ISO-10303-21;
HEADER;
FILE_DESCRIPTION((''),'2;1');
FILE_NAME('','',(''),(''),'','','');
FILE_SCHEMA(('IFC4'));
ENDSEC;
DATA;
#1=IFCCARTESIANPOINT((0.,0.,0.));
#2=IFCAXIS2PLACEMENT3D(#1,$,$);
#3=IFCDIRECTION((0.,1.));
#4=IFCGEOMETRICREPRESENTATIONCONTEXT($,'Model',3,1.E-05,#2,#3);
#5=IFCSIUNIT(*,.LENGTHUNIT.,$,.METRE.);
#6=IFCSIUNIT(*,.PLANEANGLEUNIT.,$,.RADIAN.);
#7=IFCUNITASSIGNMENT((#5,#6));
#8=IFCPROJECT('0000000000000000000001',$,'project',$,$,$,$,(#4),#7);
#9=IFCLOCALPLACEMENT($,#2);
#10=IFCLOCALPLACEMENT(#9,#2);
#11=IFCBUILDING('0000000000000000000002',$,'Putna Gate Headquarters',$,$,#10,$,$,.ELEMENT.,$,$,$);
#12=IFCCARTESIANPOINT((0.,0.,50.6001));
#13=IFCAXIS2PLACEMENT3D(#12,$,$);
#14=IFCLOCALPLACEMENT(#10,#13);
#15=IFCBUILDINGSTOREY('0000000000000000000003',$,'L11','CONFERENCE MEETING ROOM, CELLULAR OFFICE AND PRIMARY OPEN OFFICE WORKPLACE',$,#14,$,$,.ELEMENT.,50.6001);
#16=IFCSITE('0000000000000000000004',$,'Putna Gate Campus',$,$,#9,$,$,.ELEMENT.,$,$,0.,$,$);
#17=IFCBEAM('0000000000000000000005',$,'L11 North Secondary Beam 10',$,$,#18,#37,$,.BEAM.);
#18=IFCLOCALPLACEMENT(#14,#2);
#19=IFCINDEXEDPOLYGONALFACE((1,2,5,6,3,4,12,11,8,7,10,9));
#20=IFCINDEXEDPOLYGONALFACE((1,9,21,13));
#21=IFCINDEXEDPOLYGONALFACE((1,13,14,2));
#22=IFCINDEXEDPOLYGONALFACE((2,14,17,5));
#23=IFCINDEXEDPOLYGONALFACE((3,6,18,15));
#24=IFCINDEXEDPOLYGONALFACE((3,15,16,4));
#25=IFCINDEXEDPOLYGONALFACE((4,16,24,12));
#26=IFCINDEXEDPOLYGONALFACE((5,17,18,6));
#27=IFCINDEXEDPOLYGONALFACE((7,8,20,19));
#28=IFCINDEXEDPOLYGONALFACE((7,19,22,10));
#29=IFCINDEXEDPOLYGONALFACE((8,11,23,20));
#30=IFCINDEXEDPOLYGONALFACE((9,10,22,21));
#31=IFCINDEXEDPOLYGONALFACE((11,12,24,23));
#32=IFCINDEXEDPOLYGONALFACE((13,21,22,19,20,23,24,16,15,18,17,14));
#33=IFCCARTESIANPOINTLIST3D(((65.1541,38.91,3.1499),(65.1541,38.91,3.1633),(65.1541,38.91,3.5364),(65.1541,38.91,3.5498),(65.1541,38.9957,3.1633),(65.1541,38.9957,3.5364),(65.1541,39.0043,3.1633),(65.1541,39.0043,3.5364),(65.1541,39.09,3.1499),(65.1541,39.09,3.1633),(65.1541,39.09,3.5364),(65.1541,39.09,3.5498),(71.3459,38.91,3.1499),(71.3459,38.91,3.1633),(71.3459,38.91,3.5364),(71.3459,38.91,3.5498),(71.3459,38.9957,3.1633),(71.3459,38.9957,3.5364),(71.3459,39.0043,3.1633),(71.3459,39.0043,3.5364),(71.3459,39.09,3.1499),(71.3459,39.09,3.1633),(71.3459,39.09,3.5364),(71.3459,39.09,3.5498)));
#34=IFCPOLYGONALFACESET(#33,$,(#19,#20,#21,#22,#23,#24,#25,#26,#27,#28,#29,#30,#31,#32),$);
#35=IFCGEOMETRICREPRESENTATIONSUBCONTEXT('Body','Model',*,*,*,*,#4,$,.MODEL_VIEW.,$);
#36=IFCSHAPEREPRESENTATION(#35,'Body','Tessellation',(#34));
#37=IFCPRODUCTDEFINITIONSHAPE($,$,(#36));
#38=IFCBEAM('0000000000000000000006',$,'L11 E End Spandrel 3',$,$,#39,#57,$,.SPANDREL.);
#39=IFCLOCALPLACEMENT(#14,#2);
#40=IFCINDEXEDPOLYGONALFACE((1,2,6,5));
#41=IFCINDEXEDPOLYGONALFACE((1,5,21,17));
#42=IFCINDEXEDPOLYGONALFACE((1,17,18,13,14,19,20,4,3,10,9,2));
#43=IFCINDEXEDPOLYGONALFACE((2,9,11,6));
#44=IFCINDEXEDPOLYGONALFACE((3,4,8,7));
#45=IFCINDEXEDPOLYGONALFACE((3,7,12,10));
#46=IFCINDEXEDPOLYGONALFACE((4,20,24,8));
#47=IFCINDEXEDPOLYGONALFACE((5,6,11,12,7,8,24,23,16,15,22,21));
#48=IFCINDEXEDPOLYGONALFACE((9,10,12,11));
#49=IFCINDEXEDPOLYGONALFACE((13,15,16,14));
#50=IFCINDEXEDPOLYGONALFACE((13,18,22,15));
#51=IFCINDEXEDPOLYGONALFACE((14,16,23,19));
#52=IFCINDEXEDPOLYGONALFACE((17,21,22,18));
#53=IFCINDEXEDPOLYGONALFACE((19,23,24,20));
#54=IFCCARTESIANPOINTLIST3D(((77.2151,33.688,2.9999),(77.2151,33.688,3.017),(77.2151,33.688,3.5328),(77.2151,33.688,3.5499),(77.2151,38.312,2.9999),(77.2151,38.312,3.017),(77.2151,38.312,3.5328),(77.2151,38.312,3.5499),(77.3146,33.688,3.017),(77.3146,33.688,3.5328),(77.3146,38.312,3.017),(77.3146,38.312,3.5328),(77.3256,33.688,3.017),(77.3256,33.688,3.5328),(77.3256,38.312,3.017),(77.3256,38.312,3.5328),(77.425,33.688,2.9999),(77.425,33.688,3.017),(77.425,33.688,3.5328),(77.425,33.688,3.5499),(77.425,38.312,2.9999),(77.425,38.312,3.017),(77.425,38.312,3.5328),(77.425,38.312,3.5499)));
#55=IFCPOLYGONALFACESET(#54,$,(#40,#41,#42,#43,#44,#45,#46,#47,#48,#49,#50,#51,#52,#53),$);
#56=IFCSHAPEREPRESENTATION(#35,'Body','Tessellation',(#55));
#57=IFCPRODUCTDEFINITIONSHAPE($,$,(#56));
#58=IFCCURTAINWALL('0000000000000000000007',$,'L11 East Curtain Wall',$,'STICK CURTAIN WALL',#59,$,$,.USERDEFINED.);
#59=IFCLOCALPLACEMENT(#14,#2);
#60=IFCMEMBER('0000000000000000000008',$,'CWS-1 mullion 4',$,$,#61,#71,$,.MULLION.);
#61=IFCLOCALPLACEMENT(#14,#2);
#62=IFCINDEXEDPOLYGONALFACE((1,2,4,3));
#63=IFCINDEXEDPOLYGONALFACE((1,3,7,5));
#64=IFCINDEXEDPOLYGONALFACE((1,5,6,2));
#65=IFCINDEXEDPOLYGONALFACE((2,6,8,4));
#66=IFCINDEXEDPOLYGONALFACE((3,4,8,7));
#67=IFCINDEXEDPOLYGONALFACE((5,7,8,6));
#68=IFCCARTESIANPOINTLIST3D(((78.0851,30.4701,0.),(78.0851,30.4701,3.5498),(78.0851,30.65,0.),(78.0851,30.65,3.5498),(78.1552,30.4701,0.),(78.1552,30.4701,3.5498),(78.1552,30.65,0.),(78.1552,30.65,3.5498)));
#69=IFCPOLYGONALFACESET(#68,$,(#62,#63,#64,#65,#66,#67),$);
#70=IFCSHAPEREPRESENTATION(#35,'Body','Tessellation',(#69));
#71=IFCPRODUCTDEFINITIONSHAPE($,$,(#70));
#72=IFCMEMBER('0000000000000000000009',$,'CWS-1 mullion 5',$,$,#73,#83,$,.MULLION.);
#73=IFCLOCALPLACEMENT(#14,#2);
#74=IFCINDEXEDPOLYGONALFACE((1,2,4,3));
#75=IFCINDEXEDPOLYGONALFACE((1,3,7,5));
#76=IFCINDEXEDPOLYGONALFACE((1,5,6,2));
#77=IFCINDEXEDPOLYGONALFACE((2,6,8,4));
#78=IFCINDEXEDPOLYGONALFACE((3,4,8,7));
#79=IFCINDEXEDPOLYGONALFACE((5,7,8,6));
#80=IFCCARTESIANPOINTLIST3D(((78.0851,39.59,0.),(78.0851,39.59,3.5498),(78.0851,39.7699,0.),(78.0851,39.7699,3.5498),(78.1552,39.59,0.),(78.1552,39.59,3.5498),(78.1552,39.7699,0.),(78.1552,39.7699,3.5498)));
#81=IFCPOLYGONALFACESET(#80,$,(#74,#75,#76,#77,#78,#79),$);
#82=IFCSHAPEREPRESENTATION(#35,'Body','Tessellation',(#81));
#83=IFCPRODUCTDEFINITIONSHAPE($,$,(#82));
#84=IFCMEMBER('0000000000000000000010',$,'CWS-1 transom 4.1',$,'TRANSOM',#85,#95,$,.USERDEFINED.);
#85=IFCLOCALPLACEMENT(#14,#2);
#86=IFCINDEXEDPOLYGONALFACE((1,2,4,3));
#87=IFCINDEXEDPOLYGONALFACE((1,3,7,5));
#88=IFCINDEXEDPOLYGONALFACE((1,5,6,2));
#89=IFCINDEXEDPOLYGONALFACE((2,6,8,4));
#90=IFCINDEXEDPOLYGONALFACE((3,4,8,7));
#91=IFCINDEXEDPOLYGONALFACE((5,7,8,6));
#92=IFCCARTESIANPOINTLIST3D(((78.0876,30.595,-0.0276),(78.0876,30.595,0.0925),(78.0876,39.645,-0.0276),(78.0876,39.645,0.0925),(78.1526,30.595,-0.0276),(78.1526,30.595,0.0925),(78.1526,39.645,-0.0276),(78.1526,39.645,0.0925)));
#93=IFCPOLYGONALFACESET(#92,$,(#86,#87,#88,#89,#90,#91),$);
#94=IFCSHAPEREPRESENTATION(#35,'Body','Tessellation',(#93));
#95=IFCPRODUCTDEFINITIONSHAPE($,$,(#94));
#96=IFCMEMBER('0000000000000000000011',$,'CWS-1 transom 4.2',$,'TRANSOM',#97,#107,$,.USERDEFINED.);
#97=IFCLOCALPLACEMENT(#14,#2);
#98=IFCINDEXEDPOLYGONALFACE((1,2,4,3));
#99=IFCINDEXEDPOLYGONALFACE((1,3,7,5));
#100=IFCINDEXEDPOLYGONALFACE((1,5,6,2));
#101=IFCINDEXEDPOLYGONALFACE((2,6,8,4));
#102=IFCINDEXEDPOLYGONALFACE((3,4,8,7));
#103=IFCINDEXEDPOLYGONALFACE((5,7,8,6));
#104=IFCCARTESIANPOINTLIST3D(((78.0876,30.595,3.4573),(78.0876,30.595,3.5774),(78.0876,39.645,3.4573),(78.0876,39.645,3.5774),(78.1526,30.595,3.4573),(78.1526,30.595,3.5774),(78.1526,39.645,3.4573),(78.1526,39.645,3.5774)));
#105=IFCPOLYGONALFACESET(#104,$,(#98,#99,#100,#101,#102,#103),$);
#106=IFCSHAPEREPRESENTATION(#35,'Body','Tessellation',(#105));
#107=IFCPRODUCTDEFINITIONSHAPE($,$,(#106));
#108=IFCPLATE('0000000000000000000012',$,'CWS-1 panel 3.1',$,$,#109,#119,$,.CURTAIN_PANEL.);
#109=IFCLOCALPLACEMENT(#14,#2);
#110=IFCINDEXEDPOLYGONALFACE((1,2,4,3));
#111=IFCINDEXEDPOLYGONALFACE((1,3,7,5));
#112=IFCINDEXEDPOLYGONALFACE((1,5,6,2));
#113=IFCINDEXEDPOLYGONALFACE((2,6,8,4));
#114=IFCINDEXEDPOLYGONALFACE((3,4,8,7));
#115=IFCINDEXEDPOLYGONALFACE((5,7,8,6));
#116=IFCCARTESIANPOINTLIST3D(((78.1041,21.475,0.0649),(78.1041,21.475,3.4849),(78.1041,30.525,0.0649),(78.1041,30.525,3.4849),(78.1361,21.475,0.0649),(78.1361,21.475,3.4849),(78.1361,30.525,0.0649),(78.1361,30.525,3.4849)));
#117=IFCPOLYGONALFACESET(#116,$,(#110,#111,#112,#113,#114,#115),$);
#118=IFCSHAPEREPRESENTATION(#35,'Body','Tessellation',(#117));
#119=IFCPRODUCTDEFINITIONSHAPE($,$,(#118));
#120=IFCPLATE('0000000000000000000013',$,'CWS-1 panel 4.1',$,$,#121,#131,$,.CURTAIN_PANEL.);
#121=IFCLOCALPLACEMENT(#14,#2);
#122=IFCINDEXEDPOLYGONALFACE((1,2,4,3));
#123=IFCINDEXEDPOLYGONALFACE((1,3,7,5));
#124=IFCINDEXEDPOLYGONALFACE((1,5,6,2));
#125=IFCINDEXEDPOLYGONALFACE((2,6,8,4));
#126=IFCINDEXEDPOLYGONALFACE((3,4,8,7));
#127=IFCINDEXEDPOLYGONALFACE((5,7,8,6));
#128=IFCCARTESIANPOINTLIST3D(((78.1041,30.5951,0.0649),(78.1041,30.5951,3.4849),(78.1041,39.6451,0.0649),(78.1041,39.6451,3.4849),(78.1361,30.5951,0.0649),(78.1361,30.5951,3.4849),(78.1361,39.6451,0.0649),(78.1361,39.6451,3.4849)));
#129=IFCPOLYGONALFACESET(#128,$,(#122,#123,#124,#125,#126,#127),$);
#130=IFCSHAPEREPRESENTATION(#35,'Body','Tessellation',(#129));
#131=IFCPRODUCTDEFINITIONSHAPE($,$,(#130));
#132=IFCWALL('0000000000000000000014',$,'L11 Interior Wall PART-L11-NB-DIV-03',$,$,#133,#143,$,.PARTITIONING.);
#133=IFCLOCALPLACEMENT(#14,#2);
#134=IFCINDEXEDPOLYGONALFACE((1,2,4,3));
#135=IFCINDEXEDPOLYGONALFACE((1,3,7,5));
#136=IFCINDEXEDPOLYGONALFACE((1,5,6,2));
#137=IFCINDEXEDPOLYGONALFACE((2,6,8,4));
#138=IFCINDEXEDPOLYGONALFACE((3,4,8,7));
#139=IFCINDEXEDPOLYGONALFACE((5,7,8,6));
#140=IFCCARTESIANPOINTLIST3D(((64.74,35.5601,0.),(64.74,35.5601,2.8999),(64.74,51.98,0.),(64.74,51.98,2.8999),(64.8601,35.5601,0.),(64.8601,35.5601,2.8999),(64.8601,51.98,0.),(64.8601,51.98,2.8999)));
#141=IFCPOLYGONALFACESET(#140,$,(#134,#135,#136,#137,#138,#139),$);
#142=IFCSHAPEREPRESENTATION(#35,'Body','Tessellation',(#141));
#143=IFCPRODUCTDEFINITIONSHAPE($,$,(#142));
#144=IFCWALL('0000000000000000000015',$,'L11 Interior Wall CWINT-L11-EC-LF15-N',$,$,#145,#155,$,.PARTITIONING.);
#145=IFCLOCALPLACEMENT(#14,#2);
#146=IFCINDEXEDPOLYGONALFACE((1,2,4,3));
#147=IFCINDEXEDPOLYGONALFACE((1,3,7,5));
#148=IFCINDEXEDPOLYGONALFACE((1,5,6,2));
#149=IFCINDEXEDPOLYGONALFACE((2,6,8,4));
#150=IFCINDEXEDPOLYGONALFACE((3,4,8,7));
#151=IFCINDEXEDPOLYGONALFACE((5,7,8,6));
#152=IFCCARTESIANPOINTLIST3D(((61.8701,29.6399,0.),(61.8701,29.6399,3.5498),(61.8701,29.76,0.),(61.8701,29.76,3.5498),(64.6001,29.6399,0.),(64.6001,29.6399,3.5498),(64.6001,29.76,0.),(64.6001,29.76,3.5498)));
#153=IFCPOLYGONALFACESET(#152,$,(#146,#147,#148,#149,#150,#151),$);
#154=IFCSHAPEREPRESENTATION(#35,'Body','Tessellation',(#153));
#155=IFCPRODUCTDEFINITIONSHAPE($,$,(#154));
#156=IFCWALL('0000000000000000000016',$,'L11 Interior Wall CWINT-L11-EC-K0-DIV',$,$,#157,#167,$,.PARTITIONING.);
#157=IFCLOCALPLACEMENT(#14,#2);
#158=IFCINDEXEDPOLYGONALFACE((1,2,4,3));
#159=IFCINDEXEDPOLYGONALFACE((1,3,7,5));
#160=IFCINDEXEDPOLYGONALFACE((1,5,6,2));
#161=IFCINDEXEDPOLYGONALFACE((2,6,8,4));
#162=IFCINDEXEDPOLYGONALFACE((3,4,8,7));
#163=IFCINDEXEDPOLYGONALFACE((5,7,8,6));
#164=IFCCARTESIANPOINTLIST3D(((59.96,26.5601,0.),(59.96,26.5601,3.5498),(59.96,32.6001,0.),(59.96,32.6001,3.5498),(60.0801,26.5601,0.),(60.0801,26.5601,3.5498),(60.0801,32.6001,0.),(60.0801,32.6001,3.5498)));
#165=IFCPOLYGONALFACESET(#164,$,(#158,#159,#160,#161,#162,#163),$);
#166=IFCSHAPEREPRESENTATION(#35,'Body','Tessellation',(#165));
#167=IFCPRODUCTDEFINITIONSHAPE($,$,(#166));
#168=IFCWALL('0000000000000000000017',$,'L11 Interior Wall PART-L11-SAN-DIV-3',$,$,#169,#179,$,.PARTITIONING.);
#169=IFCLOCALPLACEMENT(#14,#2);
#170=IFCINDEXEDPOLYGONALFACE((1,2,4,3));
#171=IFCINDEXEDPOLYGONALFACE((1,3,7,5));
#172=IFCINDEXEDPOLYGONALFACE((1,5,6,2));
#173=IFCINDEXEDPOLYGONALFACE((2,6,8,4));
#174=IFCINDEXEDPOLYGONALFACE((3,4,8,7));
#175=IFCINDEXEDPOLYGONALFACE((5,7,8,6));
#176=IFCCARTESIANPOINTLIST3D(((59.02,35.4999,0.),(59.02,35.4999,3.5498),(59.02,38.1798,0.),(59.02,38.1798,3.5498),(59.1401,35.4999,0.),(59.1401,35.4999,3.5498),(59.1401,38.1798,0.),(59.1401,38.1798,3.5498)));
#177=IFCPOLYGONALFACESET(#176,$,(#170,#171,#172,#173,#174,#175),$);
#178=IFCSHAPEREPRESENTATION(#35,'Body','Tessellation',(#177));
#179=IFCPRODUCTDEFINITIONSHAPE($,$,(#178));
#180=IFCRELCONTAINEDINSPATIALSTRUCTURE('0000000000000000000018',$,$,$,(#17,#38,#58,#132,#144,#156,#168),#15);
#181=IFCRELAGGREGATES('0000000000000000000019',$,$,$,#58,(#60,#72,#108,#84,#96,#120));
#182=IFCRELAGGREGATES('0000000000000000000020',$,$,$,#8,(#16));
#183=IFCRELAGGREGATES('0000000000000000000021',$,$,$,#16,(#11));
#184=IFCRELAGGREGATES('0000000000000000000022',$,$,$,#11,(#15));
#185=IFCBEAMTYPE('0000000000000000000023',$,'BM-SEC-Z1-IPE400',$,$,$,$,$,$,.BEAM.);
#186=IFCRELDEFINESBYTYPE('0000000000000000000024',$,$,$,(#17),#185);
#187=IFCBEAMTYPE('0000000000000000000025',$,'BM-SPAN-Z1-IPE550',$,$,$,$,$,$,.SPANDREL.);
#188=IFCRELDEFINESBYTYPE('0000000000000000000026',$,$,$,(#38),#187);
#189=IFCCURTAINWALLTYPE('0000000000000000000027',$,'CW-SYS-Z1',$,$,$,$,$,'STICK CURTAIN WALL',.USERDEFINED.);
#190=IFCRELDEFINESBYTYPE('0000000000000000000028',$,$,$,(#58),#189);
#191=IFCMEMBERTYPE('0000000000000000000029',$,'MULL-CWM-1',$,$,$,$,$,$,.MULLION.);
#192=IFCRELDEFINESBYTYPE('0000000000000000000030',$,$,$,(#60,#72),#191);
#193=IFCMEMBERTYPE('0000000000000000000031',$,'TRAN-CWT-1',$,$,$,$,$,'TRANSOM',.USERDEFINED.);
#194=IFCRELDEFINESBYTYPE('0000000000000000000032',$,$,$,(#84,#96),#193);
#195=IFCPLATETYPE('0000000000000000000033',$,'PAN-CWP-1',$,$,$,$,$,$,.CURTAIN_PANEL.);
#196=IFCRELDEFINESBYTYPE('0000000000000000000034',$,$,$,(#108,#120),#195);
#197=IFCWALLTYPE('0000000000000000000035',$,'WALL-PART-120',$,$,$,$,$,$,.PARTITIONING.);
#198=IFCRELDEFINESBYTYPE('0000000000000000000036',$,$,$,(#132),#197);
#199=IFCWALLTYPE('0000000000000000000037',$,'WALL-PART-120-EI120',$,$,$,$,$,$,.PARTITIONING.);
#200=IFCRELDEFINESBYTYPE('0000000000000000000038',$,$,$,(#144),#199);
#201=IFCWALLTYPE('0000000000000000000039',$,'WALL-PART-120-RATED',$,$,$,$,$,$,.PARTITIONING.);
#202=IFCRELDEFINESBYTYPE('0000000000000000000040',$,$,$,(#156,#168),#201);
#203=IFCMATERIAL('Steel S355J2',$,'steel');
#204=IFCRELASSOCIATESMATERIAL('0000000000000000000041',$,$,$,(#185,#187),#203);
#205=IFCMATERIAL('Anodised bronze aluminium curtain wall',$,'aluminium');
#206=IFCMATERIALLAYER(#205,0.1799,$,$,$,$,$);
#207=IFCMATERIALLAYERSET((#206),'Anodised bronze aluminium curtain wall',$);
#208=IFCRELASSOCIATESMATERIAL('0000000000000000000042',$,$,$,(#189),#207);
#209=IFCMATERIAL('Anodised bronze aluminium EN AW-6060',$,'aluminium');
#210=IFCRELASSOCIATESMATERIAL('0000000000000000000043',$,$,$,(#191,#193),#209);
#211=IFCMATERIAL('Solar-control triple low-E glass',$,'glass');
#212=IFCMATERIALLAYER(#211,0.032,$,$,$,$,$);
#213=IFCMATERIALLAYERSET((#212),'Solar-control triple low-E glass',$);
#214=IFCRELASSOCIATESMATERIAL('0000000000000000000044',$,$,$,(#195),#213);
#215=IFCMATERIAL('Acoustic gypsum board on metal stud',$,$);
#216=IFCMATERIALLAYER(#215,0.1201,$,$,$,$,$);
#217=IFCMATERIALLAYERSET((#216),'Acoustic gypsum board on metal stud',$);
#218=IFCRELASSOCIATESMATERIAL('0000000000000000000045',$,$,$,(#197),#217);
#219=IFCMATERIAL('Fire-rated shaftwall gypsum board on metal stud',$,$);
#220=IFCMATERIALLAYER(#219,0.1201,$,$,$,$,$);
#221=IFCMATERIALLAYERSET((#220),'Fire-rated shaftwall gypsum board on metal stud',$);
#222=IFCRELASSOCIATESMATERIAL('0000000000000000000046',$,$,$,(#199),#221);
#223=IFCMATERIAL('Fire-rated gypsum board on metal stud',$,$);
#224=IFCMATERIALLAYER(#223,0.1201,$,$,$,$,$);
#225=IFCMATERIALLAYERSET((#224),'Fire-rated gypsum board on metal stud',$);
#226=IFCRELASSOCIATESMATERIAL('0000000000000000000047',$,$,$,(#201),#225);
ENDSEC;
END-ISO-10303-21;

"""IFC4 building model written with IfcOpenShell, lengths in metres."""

from ifc_helpers import new_model, si_unit, direction, frame, frame_2d, origin, origin_2d, place, context, subcontext, project, spatial, rectangle, i_section, extrude, material, layer, layer_set, material_profile, profile_set, type_object, element, aggregate, save


model = new_model("IFC4")

# Units and contexts
model_context = context("Model", 3, precision=1e-05, world=origin(), true_north=direction((0.0, 1.0)))
body_context = subcontext(model_context, "Body", "Model", "MODEL_VIEW")
ifc_project = project(units=[si_unit("LENGTHUNIT", "METRE"), si_unit("PLANEANGLEUNIT", "RADIAN")], contexts=[model_context])

# Site, building, storey
site_placement = place(None, origin())
site = spatial("IfcSite", under=ifc_project, at=site_placement, Name="Putna Gate Campus", CompositionType="ELEMENT", RefElevation=0.0)
building_placement = place(site_placement, origin())
building = spatial("IfcBuilding", under=site, at=building_placement, Name="Putna Gate Headquarters", CompositionType="ELEMENT")
storey_placement = place(building_placement, frame((0.0, 0.0, 50.6001)))
storey = spatial("IfcBuildingStorey", under=building, at=storey_placement, Name="L11", Description="CONFERENCE MEETING ROOM, CELLULAR OFFICE AND PRIMARY OPEN OFFICE WORKPLACE", CompositionType="ELEMENT", Elevation=50.6001)

# Beams
ifc_material_1 = material(Name="Steel S355J2", Category="steel")
ifc_material_profile_1 = material_profile(ifc_material_1, i_section(OverallWidth=0.1799, OverallDepth=0.3999, WebThickness=0.0085, FlangeThickness=0.0134, at=origin_2d()), Name="Steel S355J2")
ifc_profile_set_1 = profile_set([ifc_material_profile_1], Name="Steel S355J2")
beam_type_1 = type_object("IfcBeamType", Name="BM-SEC-Z1-IPE400", PredefinedType="BEAM", material=ifc_profile_set_1)
beam_1_placement = place(storey_placement, frame((65.1541, 39.0, 3.3499), z_axis=(1.0, 0.0, 0.0), x_axis=(0.0, 1.0, 0.0)))
element("IfcBeam", 1, at=beam_1_placement, inside=storey, type_object=beam_type_1, Name="L11 North Secondary Beam 10", PredefinedType="BEAM", context=body_context, shape_type="SweptSolid", body=[
    extrude(i_section(OverallWidth=0.1799, OverallDepth=0.3999, WebThickness=0.0085, FlangeThickness=0.0134, at=origin_2d()), origin(), (0.0, 0.0, 1.0), 6.1919),
])
ifc_material_profile_2 = material_profile(ifc_material_1, i_section(OverallWidth=0.21, OverallDepth=0.55, WebThickness=0.011, FlangeThickness=0.0171, at=origin_2d()), Name="Steel S355J2")
ifc_profile_set_2 = profile_set([ifc_material_profile_2], Name="Steel S355J2")
beam_type_2 = type_object("IfcBeamType", Name="BM-SPAN-Z1-IPE550", PredefinedType="SPANDREL", material=ifc_profile_set_2)
beam_2_placement = place(storey_placement, frame((77.3201, 33.688, 3.2749), z_axis=(0.0, 1.0, 0.0), x_axis=(-1.0, 0.0, 0.0)))
element("IfcBeam", 2, at=beam_2_placement, inside=storey, type_object=beam_type_2, Name="L11 E End Spandrel 3", PredefinedType="SPANDREL", context=body_context, shape_type="SweptSolid", body=[
    extrude(i_section(OverallWidth=0.21, OverallDepth=0.55, WebThickness=0.011, FlangeThickness=0.0171, at=origin_2d()), origin(), (0.0, 0.0, 1.0), 4.624),
])

# Curtain wall, members, plates
ifc_material_2 = material(Name="Anodised bronze aluminium curtain wall", Category="aluminium")
ifc_layer_1 = layer(ifc_material_2, 0.1799)
ifc_layer_set_1 = layer_set([ifc_layer_1], Name="Anodised bronze aluminium curtain wall")
curtain_wall_type = type_object("IfcCurtainWallType", Name="CW-SYS-Z1", ElementType="STICK CURTAIN WALL", PredefinedType="USERDEFINED", material=ifc_layer_set_1)
curtain_wall_placement = place(storey_placement, origin())
curtain_wall = element("IfcCurtainWall", 3, at=curtain_wall_placement, inside=storey, type_object=curtain_wall_type, Name="L11 East Curtain Wall", ObjectType="STICK CURTAIN WALL", PredefinedType="USERDEFINED")
ifc_material_3 = material(Name="Anodised bronze aluminium EN AW-6060", Category="aluminium")
ifc_material_profile_3 = material_profile(ifc_material_3, rectangle(XDim=0.0701, YDim=0.1799, at=origin_2d()), Name="Anodised bronze aluminium EN AW-6060")
ifc_profile_set_3 = profile_set([ifc_material_profile_3], Name="Anodised bronze aluminium EN AW-6060")
member_type_1 = type_object("IfcMemberType", Name="MULL-CWM-1", PredefinedType="MULLION", material=ifc_profile_set_3)
member_1_placement = place(storey_placement, frame((78.1201, 30.5601, 0.0), z_axis=(0.0, 0.0, 1.0), x_axis=(-1.0, 0.0, 0.0)))
member_1 = element("IfcMember", 4, at=member_1_placement, type_object=member_type_1, Name="CWS-1 mullion 4", PredefinedType="MULLION", context=body_context, shape_type="SweptSolid", body=[
    extrude(rectangle(XDim=0.0701, YDim=0.1799, at=origin_2d()), origin(), (0.0, 0.0, 1.0), 3.5498),
])
member_2_placement = place(storey_placement, frame((78.1201, 39.6799, 0.0), z_axis=(0.0, 0.0, 1.0), x_axis=(-1.0, 0.0, 0.0)))
member_2 = element("IfcMember", 5, at=member_2_placement, type_object=member_type_1, Name="CWS-1 mullion 5", PredefinedType="MULLION", context=body_context, shape_type="SweptSolid", body=[
    extrude(rectangle(XDim=0.0701, YDim=0.1799, at=origin_2d()), origin(), (0.0, 0.0, 1.0), 3.5498),
])
ifc_material_profile_4 = material_profile(ifc_material_3, rectangle(XDim=0.0649, YDim=0.1201, at=origin_2d()), Name="Anodised bronze aluminium EN AW-6060")
ifc_profile_set_4 = profile_set([ifc_material_profile_4], Name="Anodised bronze aluminium EN AW-6060")
member_type_2 = type_object("IfcMemberType", Name="TRAN-CWT-1", ElementType="TRANSOM", PredefinedType="USERDEFINED", material=ifc_profile_set_4)
member_3_placement = place(storey_placement, frame((78.1201, 30.595, 0.0325), z_axis=(0.0, 1.0, 0.0), x_axis=(-1.0, 0.0, 0.0)))
member_3 = element("IfcMember", 6, at=member_3_placement, type_object=member_type_2, Name="CWS-1 transom 4.1", ObjectType="TRANSOM", PredefinedType="USERDEFINED", context=body_context, shape_type="SweptSolid", body=[
    extrude(rectangle(XDim=0.0649, YDim=0.1201, at=origin_2d()), origin(), (0.0, 0.0, 1.0), 9.05),
])
member_4_placement = place(storey_placement, frame((78.1201, 30.595, 3.5173), z_axis=(0.0, 1.0, 0.0), x_axis=(-1.0, 0.0, 0.0)))
member_4 = element("IfcMember", 7, at=member_4_placement, type_object=member_type_2, Name="CWS-1 transom 4.2", ObjectType="TRANSOM", PredefinedType="USERDEFINED", context=body_context, shape_type="SweptSolid", body=[
    extrude(rectangle(XDim=0.0649, YDim=0.1201, at=origin_2d()), origin(), (0.0, 0.0, 1.0), 9.05),
])
ifc_material_4 = material(Name="Solar-control triple low-E glass", Category="glass")
ifc_layer_2 = layer(ifc_material_4, 0.032)
ifc_layer_set_2 = layer_set([ifc_layer_2], Name="Solar-control triple low-E glass")
plate_type = type_object("IfcPlateType", Name="PAN-CWP-1", PredefinedType="CURTAIN_PANEL", material=ifc_layer_set_2)
plate_1_placement = place(storey_placement, frame((78.1201, 26.0, 0.0649), z_axis=(0.0, 0.0, 1.0), x_axis=(0.0, 1.0, 0.0)))
plate_1 = element("IfcPlate", 8, at=plate_1_placement, type_object=plate_type, Name="CWS-1 panel 3.1", PredefinedType="CURTAIN_PANEL", context=body_context, shape_type="SweptSolid", body=[
    extrude(rectangle(XDim=9.05, YDim=0.032, at=origin_2d()), origin(), (0.0, 0.0, 1.0), 3.4199),
])
plate_2_placement = place(storey_placement, frame((78.1201, 35.1201, 0.0649), z_axis=(0.0, 0.0, 1.0), x_axis=(0.0, 1.0, 0.0)))
plate_2 = element("IfcPlate", 9, at=plate_2_placement, type_object=plate_type, Name="CWS-1 panel 4.1", PredefinedType="CURTAIN_PANEL", context=body_context, shape_type="SweptSolid", body=[
    extrude(rectangle(XDim=9.05, YDim=0.032, at=origin_2d()), origin(), (0.0, 0.0, 1.0), 3.4199),
])
aggregate(curtain_wall, [member_1, member_2, plate_1, member_3, member_4, plate_2])

# Walls
ifc_material_5 = material(Name="Acoustic gypsum board on metal stud")
ifc_layer_3 = layer(ifc_material_5, 0.1201)
ifc_layer_set_3 = layer_set([ifc_layer_3], Name="Acoustic gypsum board on metal stud")
wall_type_1 = type_object("IfcWallType", Name="WALL-PART-120", PredefinedType="PARTITIONING", material=ifc_layer_set_3)
wall_1_placement = place(storey_placement, frame((64.8, 35.5601, 0.0), z_axis=(0.0, 0.0, 1.0), x_axis=(0.0, 1.0, 0.0)))
element("IfcWall", 10, at=wall_1_placement, inside=storey, type_object=wall_type_1, Name="L11 Interior Wall PART-L11-NB-DIV-03", PredefinedType="PARTITIONING", context=body_context, shape_type="SweptSolid", body=[
    extrude(rectangle(XDim=16.4199, YDim=0.1201, at=frame_2d((8.21, 0.0))), origin(), (0.0, 0.0, 1.0), 2.8999),
])
ifc_material_6 = material(Name="Fire-rated shaftwall gypsum board on metal stud")
ifc_layer_4 = layer(ifc_material_6, 0.1201)
ifc_layer_set_4 = layer_set([ifc_layer_4], Name="Fire-rated shaftwall gypsum board on metal stud")
wall_type_2 = type_object("IfcWallType", Name="WALL-PART-120-EI120", PredefinedType="PARTITIONING", material=ifc_layer_set_4)
wall_2_placement = place(storey_placement, frame((61.8701, 29.7, 0.0), z_axis=(0.0, 0.0, 1.0), x_axis=(1.0, 0.0, 0.0)))
element("IfcWall", 11, at=wall_2_placement, inside=storey, type_object=wall_type_2, Name="L11 Interior Wall CWINT-L11-EC-LF15-N", PredefinedType="PARTITIONING", context=body_context, shape_type="SweptSolid", body=[
    extrude(rectangle(XDim=2.73, YDim=0.1201, at=frame_2d((1.365, 0.0))), origin(), (0.0, 0.0, 1.0), 3.5498),
])
ifc_material_7 = material(Name="Fire-rated gypsum board on metal stud")
ifc_layer_5 = layer(ifc_material_7, 0.1201)
ifc_layer_set_5 = layer_set([ifc_layer_5], Name="Fire-rated gypsum board on metal stud")
wall_type_3 = type_object("IfcWallType", Name="WALL-PART-120-RATED", PredefinedType="PARTITIONING", material=ifc_layer_set_5)
wall_3_placement = place(storey_placement, frame((60.02, 26.5601, 0.0), z_axis=(0.0, 0.0, 1.0), x_axis=(0.0, 1.0, 0.0)))
element("IfcWall", 12, at=wall_3_placement, inside=storey, type_object=wall_type_3, Name="L11 Interior Wall CWINT-L11-EC-K0-DIV", PredefinedType="PARTITIONING", context=body_context, shape_type="SweptSolid", body=[
    extrude(rectangle(XDim=6.04, YDim=0.1201, at=frame_2d((3.02, 0.0))), origin(), (0.0, 0.0, 1.0), 3.5498),
])
for number, where, z_axis, x_axis, name in (
    (13, (59.0801, 35.5, 0.0), (0.0, 0.0, 1.0), (0.0, 1.0, 0.0), "L11 Interior Wall PART-L11-SAN-DIV-3"),
):
    element("IfcWall", number, at=place(storey_placement, frame(where, z_axis=z_axis, x_axis=x_axis)), inside=storey, type_object=wall_type_3, Name=name, PredefinedType="PARTITIONING", context=body_context, shape_type="SweptSolid", body=[
        extrude(rectangle(XDim=2.6799, YDim=0.1201, at=frame_2d((1.3398, 0.0))), origin(), (0.0, 0.0, 1.0), 3.5498),
    ])

save(model, "model.ifc")
